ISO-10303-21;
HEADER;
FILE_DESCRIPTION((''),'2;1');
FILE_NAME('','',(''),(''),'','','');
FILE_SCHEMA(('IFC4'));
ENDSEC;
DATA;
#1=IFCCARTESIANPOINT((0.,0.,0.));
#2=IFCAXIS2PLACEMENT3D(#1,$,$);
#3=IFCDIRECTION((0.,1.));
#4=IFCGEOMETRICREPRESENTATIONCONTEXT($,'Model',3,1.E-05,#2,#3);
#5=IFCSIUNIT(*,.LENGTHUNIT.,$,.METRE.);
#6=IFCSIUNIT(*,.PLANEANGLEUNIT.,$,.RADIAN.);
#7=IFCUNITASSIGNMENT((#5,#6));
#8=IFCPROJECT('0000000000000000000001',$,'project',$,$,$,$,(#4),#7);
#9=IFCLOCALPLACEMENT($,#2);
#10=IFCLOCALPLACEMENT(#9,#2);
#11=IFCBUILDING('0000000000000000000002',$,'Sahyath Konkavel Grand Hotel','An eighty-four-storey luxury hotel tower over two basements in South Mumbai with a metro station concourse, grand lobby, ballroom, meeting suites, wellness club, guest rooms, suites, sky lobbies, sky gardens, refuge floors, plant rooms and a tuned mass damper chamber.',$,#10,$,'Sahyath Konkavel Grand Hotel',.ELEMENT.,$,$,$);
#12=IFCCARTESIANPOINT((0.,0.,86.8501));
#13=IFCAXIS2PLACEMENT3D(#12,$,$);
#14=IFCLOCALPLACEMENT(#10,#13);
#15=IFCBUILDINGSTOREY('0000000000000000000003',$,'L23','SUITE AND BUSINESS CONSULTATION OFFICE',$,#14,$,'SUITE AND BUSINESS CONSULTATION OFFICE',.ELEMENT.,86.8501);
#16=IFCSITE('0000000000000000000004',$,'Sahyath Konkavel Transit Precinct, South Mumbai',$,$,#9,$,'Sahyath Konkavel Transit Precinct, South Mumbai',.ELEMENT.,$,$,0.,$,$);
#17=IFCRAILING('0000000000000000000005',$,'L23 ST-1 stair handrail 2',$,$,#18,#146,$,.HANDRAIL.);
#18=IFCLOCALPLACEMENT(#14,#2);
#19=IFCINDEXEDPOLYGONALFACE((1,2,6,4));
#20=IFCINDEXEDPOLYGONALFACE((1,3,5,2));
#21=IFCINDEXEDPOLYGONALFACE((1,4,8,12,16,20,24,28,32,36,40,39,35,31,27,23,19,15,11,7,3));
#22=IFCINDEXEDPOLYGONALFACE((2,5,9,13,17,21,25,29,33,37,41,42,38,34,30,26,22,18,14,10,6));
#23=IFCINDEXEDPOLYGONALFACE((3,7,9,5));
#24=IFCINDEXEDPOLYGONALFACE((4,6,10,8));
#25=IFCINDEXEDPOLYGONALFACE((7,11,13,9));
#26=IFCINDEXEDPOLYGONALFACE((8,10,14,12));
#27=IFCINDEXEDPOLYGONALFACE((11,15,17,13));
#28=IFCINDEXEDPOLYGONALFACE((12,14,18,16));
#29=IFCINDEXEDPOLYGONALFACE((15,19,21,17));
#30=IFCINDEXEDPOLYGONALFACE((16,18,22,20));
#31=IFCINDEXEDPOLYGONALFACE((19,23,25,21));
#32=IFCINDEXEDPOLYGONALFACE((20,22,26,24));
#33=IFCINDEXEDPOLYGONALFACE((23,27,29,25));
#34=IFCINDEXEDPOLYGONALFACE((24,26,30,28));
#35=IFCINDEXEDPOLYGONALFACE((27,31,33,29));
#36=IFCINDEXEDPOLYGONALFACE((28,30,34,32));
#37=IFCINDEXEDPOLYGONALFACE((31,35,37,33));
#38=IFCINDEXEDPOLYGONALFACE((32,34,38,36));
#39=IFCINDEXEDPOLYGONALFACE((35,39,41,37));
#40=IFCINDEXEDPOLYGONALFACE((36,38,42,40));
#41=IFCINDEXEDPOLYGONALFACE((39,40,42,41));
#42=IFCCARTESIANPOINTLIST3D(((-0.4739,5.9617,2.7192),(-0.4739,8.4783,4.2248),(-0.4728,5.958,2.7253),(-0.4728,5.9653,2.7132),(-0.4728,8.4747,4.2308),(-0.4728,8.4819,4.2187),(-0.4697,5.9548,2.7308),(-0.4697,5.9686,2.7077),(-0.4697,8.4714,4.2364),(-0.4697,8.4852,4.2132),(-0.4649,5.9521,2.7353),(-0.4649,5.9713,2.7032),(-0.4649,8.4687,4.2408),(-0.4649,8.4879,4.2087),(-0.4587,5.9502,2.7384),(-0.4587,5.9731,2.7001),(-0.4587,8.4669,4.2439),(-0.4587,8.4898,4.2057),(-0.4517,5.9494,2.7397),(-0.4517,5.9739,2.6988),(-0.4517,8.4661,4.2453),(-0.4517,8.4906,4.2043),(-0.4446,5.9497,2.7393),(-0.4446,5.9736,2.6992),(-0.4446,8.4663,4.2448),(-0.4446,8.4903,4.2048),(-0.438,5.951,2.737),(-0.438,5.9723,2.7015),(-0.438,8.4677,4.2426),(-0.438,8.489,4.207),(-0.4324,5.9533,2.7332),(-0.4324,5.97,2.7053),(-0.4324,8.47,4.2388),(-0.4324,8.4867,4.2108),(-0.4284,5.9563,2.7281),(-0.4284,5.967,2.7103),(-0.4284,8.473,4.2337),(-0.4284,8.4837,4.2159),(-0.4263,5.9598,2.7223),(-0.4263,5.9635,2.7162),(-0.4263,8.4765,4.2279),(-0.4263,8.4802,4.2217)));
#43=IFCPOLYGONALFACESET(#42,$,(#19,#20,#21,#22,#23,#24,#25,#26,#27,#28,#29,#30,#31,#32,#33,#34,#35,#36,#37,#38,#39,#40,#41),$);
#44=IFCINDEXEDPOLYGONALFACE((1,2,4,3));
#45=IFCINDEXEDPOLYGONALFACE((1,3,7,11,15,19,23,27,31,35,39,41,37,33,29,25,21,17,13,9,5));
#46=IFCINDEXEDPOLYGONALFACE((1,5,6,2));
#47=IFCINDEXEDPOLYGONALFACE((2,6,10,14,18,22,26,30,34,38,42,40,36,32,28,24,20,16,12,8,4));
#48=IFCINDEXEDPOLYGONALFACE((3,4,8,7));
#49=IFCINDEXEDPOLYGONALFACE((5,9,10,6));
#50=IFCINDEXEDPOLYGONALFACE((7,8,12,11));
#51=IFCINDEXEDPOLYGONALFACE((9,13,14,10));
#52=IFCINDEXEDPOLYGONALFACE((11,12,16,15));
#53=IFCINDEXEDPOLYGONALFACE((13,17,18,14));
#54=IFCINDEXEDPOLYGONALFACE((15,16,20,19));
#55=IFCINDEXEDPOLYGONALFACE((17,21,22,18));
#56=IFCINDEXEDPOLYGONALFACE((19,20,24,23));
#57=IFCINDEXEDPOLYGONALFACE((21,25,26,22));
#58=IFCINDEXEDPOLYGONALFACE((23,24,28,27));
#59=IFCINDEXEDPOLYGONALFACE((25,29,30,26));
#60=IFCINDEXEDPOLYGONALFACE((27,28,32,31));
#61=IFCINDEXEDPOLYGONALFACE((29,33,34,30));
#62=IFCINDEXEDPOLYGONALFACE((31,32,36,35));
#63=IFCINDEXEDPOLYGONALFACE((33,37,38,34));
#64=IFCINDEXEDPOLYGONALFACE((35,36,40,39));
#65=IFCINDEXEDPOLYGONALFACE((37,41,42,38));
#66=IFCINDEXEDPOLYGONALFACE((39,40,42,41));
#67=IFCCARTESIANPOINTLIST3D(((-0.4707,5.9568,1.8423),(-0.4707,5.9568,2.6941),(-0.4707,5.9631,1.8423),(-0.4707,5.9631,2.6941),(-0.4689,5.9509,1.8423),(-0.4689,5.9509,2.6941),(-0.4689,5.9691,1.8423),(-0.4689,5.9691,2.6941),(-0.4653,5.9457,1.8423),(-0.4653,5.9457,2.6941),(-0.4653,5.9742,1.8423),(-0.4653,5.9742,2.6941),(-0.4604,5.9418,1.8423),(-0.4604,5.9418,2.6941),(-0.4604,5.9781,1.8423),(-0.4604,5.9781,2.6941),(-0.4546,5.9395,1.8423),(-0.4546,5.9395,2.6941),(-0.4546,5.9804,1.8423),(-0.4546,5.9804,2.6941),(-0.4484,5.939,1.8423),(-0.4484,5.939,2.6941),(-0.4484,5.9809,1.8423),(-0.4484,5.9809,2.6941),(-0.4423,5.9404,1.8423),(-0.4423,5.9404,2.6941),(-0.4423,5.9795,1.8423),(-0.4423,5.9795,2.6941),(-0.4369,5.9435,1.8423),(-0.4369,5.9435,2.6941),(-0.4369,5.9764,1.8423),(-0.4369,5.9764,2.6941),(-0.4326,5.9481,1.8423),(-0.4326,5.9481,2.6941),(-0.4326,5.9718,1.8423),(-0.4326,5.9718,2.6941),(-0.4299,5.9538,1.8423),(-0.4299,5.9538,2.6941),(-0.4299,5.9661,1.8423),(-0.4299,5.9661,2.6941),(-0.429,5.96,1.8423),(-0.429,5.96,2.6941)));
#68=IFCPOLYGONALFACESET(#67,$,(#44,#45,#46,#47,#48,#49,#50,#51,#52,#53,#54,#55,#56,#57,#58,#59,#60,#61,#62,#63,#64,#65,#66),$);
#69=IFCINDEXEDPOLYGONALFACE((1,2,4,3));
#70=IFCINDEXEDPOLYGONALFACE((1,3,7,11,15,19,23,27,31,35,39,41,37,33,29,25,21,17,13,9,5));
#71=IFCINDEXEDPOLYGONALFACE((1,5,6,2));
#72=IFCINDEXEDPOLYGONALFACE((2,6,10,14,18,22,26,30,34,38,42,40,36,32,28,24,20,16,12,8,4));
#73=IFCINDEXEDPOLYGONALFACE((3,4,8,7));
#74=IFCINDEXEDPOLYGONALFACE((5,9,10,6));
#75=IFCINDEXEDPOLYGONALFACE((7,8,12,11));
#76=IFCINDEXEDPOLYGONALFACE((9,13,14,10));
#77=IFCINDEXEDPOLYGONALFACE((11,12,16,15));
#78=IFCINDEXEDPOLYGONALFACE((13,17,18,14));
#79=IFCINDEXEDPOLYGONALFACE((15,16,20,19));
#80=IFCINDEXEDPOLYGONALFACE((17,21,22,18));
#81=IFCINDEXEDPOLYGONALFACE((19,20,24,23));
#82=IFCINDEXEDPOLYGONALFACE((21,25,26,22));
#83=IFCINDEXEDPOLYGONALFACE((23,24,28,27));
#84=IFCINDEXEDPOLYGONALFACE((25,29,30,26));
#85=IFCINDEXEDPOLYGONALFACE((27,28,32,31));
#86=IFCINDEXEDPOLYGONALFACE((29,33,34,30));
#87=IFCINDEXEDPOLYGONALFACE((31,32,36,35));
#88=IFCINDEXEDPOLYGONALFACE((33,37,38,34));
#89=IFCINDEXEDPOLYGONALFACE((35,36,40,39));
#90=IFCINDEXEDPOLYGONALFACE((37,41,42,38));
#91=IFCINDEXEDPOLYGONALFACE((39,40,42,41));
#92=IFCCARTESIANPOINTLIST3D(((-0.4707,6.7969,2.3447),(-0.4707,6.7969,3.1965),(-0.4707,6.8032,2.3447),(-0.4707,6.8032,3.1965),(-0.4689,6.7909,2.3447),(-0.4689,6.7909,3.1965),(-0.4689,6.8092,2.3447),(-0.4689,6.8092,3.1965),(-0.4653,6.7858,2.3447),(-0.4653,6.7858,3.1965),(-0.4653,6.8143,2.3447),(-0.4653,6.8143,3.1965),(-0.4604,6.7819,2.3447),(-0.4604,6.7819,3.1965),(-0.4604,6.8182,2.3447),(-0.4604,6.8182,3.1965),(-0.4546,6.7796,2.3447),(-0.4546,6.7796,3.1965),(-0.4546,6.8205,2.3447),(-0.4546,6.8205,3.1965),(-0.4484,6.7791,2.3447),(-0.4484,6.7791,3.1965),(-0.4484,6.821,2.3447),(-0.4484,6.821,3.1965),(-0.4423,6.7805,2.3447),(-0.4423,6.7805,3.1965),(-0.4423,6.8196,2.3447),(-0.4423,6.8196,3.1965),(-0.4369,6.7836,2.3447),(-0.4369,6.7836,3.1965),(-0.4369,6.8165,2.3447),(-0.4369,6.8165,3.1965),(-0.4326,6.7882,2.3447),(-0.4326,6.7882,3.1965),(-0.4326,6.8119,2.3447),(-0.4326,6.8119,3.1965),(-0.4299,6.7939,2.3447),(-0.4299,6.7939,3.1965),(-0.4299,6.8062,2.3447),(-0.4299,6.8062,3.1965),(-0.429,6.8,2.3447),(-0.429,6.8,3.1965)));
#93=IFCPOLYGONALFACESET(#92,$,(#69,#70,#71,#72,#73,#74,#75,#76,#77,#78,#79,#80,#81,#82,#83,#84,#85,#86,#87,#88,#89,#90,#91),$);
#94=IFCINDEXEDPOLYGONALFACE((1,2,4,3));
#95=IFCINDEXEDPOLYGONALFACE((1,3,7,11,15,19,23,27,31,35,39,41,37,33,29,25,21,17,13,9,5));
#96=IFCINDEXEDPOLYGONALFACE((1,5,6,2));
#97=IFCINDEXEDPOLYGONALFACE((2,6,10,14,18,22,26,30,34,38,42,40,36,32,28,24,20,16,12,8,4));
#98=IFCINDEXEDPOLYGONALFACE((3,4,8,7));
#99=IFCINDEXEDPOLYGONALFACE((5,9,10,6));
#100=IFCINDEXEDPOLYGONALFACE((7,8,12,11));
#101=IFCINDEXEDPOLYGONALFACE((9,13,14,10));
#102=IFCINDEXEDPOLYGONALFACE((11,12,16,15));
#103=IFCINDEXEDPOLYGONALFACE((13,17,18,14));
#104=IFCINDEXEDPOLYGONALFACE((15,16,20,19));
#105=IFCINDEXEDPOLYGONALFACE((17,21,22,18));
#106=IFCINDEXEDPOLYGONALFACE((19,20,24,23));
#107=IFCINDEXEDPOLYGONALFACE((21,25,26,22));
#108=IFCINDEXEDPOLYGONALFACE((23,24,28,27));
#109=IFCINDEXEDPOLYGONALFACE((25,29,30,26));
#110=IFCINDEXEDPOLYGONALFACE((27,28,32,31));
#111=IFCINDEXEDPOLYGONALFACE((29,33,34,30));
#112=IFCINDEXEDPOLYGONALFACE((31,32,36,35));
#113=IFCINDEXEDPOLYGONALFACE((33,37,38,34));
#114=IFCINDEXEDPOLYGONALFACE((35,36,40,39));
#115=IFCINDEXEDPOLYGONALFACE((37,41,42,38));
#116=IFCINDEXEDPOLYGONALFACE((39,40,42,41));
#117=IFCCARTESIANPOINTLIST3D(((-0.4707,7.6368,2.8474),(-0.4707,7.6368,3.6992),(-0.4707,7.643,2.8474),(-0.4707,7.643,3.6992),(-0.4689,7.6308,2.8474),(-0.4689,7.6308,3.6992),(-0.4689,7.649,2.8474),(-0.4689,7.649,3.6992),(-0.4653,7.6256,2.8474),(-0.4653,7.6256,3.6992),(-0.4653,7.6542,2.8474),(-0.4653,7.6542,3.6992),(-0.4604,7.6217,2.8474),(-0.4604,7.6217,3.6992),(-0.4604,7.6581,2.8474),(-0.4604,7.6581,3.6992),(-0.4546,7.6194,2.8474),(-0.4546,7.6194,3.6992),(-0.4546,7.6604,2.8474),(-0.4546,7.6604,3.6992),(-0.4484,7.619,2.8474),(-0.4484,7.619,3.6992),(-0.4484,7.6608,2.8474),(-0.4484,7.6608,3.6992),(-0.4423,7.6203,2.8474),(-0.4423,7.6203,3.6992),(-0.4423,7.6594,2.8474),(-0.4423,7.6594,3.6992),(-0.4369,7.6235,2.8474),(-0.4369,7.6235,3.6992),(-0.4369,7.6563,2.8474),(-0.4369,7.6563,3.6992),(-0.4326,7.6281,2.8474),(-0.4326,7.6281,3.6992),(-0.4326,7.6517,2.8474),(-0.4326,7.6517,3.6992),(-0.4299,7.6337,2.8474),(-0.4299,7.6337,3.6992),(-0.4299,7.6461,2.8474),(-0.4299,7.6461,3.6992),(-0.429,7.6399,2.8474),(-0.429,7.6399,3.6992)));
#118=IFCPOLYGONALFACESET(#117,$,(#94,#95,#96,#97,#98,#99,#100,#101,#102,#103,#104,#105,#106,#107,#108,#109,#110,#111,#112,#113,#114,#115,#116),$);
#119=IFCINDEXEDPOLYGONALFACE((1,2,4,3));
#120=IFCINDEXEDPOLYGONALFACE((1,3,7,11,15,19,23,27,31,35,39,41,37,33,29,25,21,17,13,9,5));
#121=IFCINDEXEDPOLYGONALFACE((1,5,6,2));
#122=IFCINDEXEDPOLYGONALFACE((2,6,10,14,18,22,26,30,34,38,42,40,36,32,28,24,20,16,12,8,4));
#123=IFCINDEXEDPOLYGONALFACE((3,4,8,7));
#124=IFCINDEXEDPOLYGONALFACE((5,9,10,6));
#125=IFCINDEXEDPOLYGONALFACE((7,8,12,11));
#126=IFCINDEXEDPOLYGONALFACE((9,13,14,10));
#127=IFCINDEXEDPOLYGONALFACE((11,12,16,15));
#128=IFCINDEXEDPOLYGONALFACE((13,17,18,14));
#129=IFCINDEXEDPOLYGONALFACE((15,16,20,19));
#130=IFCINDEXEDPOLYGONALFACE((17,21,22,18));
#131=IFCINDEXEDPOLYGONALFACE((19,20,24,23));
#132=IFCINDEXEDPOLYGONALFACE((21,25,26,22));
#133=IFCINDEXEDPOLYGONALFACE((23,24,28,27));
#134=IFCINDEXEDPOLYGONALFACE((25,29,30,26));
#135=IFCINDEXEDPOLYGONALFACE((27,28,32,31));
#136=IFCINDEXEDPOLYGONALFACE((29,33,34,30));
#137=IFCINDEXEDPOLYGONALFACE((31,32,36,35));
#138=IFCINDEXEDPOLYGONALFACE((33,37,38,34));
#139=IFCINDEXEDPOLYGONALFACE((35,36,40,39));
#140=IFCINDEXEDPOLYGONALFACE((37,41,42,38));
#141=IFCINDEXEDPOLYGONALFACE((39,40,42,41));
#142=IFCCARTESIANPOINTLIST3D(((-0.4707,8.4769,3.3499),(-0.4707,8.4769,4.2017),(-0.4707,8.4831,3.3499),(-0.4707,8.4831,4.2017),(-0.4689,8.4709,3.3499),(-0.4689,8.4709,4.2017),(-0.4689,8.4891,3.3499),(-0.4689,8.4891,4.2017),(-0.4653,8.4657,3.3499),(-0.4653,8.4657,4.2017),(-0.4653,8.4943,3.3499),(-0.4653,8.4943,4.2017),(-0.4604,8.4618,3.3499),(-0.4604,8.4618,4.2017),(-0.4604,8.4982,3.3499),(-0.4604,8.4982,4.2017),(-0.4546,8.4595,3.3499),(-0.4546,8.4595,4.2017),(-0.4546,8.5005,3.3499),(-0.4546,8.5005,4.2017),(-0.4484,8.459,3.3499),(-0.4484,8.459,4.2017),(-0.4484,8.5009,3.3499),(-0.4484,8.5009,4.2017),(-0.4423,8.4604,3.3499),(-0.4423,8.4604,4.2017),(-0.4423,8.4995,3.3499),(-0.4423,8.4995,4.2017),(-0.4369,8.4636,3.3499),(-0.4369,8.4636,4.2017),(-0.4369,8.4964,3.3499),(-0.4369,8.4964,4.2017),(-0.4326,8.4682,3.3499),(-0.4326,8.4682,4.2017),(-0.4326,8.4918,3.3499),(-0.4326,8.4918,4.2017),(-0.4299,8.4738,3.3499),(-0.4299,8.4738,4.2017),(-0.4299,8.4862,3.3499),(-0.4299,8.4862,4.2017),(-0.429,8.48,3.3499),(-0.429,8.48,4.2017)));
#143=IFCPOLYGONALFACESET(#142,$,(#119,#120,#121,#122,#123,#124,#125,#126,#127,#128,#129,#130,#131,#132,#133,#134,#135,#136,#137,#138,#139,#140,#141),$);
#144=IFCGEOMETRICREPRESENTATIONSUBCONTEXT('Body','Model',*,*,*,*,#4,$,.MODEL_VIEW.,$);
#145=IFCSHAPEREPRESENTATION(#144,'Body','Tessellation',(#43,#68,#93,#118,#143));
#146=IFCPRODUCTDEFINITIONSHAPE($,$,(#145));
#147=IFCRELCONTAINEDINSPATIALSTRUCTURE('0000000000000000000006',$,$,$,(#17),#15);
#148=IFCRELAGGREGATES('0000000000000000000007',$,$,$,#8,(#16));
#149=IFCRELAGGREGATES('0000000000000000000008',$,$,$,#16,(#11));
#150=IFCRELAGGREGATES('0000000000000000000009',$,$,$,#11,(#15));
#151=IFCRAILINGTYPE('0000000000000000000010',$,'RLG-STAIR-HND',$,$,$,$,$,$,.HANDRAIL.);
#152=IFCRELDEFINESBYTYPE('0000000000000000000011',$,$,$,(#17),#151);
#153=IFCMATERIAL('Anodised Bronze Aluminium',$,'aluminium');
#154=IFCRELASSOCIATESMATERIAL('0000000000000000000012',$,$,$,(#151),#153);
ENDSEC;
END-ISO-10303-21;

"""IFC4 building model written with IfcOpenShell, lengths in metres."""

from ifc_helpers import new_model, si_unit, direction, frame, origin, origin_2d, place, context, subcontext, project, spatial, circle, extrude, material, type_object, element, save


model = new_model("IFC4")

# Units and contexts
model_context = context("Model", 3, precision=1e-05, world=origin(), true_north=direction((0.0, 1.0)))
body_context = subcontext(model_context, "Body", "Model", "MODEL_VIEW")
ifc_project = project(units=[si_unit("LENGTHUNIT", "METRE"), si_unit("PLANEANGLEUNIT", "RADIAN")], contexts=[model_context])

# Site, building, storey
site_placement = place(None, origin())
site = spatial("IfcSite", under=ifc_project, at=site_placement, Name="Sahyath Konkavel Transit Precinct, South Mumbai", LongName="Sahyath Konkavel Transit Precinct, South Mumbai", CompositionType="ELEMENT", RefElevation=0.0)
building_placement = place(site_placement, origin())
building = spatial("IfcBuilding", under=site, at=building_placement, Name="Sahyath Konkavel Grand Hotel", Description="An eighty-four-storey luxury hotel tower over two basements in South Mumbai with a metro station concourse, grand lobby, ballroom, meeting suites, wellness club, guest rooms, suites, sky lobbies, sky gardens, refuge floors, plant rooms and a tuned mass damper chamber.", LongName="Sahyath Konkavel Grand Hotel", CompositionType="ELEMENT")
storey_placement = place(building_placement, frame((0.0, 0.0, 86.8501)))
storey = spatial("IfcBuildingStorey", under=building, at=storey_placement, Name="L23", Description="SUITE AND BUSINESS CONSULTATION OFFICE", LongName="SUITE AND BUSINESS CONSULTATION OFFICE", CompositionType="ELEMENT", Elevation=86.8501)

# Railing
ifc_material_1 = material(Name="Anodised Bronze Aluminium", Category="aluminium")
railing_type_1 = type_object("IfcRailingType", Name="RLG-STAIR-HND", PredefinedType="HANDRAIL", material=ifc_material_1)
railing_1_placement = place(storey_placement, frame((-0.45, 5.96, 1.8423)))
element("IfcRailing", 1, at=railing_1_placement, inside=storey, type_object=railing_type_1, Name="L23 ST-1 stair handrail 2", PredefinedType="HANDRAIL", context=body_context, shape_type="SweptSolid", body=[
    extrude(circle(Radius=0.0239, at=origin_2d()), frame((0.0, 0.0017, 0.877), z_axis=(0.0, 0.85816, 0.513383), x_axis=(-1.0, 0.0, 0.0)), (0.0, 0.0, 1.0), 2.9326),
    extrude(circle(Radius=0.021, at=origin_2d()), origin(), (0.0, 0.0, 1.0), 0.8518),
    extrude(circle(Radius=0.021, at=origin_2d()), frame((0.0, 0.8401, 0.5024)), (0.0, 0.0, 1.0), 0.8518),
    extrude(circle(Radius=0.021, at=origin_2d()), frame((0.0, 1.6799, 1.0051)), (0.0, 0.0, 1.0), 0.8518),
    extrude(circle(Radius=0.021, at=origin_2d()), frame((0.0, 2.52, 1.5076)), (0.0, 0.0, 1.0), 0.8518),
])

save(model, "model.ifc")
